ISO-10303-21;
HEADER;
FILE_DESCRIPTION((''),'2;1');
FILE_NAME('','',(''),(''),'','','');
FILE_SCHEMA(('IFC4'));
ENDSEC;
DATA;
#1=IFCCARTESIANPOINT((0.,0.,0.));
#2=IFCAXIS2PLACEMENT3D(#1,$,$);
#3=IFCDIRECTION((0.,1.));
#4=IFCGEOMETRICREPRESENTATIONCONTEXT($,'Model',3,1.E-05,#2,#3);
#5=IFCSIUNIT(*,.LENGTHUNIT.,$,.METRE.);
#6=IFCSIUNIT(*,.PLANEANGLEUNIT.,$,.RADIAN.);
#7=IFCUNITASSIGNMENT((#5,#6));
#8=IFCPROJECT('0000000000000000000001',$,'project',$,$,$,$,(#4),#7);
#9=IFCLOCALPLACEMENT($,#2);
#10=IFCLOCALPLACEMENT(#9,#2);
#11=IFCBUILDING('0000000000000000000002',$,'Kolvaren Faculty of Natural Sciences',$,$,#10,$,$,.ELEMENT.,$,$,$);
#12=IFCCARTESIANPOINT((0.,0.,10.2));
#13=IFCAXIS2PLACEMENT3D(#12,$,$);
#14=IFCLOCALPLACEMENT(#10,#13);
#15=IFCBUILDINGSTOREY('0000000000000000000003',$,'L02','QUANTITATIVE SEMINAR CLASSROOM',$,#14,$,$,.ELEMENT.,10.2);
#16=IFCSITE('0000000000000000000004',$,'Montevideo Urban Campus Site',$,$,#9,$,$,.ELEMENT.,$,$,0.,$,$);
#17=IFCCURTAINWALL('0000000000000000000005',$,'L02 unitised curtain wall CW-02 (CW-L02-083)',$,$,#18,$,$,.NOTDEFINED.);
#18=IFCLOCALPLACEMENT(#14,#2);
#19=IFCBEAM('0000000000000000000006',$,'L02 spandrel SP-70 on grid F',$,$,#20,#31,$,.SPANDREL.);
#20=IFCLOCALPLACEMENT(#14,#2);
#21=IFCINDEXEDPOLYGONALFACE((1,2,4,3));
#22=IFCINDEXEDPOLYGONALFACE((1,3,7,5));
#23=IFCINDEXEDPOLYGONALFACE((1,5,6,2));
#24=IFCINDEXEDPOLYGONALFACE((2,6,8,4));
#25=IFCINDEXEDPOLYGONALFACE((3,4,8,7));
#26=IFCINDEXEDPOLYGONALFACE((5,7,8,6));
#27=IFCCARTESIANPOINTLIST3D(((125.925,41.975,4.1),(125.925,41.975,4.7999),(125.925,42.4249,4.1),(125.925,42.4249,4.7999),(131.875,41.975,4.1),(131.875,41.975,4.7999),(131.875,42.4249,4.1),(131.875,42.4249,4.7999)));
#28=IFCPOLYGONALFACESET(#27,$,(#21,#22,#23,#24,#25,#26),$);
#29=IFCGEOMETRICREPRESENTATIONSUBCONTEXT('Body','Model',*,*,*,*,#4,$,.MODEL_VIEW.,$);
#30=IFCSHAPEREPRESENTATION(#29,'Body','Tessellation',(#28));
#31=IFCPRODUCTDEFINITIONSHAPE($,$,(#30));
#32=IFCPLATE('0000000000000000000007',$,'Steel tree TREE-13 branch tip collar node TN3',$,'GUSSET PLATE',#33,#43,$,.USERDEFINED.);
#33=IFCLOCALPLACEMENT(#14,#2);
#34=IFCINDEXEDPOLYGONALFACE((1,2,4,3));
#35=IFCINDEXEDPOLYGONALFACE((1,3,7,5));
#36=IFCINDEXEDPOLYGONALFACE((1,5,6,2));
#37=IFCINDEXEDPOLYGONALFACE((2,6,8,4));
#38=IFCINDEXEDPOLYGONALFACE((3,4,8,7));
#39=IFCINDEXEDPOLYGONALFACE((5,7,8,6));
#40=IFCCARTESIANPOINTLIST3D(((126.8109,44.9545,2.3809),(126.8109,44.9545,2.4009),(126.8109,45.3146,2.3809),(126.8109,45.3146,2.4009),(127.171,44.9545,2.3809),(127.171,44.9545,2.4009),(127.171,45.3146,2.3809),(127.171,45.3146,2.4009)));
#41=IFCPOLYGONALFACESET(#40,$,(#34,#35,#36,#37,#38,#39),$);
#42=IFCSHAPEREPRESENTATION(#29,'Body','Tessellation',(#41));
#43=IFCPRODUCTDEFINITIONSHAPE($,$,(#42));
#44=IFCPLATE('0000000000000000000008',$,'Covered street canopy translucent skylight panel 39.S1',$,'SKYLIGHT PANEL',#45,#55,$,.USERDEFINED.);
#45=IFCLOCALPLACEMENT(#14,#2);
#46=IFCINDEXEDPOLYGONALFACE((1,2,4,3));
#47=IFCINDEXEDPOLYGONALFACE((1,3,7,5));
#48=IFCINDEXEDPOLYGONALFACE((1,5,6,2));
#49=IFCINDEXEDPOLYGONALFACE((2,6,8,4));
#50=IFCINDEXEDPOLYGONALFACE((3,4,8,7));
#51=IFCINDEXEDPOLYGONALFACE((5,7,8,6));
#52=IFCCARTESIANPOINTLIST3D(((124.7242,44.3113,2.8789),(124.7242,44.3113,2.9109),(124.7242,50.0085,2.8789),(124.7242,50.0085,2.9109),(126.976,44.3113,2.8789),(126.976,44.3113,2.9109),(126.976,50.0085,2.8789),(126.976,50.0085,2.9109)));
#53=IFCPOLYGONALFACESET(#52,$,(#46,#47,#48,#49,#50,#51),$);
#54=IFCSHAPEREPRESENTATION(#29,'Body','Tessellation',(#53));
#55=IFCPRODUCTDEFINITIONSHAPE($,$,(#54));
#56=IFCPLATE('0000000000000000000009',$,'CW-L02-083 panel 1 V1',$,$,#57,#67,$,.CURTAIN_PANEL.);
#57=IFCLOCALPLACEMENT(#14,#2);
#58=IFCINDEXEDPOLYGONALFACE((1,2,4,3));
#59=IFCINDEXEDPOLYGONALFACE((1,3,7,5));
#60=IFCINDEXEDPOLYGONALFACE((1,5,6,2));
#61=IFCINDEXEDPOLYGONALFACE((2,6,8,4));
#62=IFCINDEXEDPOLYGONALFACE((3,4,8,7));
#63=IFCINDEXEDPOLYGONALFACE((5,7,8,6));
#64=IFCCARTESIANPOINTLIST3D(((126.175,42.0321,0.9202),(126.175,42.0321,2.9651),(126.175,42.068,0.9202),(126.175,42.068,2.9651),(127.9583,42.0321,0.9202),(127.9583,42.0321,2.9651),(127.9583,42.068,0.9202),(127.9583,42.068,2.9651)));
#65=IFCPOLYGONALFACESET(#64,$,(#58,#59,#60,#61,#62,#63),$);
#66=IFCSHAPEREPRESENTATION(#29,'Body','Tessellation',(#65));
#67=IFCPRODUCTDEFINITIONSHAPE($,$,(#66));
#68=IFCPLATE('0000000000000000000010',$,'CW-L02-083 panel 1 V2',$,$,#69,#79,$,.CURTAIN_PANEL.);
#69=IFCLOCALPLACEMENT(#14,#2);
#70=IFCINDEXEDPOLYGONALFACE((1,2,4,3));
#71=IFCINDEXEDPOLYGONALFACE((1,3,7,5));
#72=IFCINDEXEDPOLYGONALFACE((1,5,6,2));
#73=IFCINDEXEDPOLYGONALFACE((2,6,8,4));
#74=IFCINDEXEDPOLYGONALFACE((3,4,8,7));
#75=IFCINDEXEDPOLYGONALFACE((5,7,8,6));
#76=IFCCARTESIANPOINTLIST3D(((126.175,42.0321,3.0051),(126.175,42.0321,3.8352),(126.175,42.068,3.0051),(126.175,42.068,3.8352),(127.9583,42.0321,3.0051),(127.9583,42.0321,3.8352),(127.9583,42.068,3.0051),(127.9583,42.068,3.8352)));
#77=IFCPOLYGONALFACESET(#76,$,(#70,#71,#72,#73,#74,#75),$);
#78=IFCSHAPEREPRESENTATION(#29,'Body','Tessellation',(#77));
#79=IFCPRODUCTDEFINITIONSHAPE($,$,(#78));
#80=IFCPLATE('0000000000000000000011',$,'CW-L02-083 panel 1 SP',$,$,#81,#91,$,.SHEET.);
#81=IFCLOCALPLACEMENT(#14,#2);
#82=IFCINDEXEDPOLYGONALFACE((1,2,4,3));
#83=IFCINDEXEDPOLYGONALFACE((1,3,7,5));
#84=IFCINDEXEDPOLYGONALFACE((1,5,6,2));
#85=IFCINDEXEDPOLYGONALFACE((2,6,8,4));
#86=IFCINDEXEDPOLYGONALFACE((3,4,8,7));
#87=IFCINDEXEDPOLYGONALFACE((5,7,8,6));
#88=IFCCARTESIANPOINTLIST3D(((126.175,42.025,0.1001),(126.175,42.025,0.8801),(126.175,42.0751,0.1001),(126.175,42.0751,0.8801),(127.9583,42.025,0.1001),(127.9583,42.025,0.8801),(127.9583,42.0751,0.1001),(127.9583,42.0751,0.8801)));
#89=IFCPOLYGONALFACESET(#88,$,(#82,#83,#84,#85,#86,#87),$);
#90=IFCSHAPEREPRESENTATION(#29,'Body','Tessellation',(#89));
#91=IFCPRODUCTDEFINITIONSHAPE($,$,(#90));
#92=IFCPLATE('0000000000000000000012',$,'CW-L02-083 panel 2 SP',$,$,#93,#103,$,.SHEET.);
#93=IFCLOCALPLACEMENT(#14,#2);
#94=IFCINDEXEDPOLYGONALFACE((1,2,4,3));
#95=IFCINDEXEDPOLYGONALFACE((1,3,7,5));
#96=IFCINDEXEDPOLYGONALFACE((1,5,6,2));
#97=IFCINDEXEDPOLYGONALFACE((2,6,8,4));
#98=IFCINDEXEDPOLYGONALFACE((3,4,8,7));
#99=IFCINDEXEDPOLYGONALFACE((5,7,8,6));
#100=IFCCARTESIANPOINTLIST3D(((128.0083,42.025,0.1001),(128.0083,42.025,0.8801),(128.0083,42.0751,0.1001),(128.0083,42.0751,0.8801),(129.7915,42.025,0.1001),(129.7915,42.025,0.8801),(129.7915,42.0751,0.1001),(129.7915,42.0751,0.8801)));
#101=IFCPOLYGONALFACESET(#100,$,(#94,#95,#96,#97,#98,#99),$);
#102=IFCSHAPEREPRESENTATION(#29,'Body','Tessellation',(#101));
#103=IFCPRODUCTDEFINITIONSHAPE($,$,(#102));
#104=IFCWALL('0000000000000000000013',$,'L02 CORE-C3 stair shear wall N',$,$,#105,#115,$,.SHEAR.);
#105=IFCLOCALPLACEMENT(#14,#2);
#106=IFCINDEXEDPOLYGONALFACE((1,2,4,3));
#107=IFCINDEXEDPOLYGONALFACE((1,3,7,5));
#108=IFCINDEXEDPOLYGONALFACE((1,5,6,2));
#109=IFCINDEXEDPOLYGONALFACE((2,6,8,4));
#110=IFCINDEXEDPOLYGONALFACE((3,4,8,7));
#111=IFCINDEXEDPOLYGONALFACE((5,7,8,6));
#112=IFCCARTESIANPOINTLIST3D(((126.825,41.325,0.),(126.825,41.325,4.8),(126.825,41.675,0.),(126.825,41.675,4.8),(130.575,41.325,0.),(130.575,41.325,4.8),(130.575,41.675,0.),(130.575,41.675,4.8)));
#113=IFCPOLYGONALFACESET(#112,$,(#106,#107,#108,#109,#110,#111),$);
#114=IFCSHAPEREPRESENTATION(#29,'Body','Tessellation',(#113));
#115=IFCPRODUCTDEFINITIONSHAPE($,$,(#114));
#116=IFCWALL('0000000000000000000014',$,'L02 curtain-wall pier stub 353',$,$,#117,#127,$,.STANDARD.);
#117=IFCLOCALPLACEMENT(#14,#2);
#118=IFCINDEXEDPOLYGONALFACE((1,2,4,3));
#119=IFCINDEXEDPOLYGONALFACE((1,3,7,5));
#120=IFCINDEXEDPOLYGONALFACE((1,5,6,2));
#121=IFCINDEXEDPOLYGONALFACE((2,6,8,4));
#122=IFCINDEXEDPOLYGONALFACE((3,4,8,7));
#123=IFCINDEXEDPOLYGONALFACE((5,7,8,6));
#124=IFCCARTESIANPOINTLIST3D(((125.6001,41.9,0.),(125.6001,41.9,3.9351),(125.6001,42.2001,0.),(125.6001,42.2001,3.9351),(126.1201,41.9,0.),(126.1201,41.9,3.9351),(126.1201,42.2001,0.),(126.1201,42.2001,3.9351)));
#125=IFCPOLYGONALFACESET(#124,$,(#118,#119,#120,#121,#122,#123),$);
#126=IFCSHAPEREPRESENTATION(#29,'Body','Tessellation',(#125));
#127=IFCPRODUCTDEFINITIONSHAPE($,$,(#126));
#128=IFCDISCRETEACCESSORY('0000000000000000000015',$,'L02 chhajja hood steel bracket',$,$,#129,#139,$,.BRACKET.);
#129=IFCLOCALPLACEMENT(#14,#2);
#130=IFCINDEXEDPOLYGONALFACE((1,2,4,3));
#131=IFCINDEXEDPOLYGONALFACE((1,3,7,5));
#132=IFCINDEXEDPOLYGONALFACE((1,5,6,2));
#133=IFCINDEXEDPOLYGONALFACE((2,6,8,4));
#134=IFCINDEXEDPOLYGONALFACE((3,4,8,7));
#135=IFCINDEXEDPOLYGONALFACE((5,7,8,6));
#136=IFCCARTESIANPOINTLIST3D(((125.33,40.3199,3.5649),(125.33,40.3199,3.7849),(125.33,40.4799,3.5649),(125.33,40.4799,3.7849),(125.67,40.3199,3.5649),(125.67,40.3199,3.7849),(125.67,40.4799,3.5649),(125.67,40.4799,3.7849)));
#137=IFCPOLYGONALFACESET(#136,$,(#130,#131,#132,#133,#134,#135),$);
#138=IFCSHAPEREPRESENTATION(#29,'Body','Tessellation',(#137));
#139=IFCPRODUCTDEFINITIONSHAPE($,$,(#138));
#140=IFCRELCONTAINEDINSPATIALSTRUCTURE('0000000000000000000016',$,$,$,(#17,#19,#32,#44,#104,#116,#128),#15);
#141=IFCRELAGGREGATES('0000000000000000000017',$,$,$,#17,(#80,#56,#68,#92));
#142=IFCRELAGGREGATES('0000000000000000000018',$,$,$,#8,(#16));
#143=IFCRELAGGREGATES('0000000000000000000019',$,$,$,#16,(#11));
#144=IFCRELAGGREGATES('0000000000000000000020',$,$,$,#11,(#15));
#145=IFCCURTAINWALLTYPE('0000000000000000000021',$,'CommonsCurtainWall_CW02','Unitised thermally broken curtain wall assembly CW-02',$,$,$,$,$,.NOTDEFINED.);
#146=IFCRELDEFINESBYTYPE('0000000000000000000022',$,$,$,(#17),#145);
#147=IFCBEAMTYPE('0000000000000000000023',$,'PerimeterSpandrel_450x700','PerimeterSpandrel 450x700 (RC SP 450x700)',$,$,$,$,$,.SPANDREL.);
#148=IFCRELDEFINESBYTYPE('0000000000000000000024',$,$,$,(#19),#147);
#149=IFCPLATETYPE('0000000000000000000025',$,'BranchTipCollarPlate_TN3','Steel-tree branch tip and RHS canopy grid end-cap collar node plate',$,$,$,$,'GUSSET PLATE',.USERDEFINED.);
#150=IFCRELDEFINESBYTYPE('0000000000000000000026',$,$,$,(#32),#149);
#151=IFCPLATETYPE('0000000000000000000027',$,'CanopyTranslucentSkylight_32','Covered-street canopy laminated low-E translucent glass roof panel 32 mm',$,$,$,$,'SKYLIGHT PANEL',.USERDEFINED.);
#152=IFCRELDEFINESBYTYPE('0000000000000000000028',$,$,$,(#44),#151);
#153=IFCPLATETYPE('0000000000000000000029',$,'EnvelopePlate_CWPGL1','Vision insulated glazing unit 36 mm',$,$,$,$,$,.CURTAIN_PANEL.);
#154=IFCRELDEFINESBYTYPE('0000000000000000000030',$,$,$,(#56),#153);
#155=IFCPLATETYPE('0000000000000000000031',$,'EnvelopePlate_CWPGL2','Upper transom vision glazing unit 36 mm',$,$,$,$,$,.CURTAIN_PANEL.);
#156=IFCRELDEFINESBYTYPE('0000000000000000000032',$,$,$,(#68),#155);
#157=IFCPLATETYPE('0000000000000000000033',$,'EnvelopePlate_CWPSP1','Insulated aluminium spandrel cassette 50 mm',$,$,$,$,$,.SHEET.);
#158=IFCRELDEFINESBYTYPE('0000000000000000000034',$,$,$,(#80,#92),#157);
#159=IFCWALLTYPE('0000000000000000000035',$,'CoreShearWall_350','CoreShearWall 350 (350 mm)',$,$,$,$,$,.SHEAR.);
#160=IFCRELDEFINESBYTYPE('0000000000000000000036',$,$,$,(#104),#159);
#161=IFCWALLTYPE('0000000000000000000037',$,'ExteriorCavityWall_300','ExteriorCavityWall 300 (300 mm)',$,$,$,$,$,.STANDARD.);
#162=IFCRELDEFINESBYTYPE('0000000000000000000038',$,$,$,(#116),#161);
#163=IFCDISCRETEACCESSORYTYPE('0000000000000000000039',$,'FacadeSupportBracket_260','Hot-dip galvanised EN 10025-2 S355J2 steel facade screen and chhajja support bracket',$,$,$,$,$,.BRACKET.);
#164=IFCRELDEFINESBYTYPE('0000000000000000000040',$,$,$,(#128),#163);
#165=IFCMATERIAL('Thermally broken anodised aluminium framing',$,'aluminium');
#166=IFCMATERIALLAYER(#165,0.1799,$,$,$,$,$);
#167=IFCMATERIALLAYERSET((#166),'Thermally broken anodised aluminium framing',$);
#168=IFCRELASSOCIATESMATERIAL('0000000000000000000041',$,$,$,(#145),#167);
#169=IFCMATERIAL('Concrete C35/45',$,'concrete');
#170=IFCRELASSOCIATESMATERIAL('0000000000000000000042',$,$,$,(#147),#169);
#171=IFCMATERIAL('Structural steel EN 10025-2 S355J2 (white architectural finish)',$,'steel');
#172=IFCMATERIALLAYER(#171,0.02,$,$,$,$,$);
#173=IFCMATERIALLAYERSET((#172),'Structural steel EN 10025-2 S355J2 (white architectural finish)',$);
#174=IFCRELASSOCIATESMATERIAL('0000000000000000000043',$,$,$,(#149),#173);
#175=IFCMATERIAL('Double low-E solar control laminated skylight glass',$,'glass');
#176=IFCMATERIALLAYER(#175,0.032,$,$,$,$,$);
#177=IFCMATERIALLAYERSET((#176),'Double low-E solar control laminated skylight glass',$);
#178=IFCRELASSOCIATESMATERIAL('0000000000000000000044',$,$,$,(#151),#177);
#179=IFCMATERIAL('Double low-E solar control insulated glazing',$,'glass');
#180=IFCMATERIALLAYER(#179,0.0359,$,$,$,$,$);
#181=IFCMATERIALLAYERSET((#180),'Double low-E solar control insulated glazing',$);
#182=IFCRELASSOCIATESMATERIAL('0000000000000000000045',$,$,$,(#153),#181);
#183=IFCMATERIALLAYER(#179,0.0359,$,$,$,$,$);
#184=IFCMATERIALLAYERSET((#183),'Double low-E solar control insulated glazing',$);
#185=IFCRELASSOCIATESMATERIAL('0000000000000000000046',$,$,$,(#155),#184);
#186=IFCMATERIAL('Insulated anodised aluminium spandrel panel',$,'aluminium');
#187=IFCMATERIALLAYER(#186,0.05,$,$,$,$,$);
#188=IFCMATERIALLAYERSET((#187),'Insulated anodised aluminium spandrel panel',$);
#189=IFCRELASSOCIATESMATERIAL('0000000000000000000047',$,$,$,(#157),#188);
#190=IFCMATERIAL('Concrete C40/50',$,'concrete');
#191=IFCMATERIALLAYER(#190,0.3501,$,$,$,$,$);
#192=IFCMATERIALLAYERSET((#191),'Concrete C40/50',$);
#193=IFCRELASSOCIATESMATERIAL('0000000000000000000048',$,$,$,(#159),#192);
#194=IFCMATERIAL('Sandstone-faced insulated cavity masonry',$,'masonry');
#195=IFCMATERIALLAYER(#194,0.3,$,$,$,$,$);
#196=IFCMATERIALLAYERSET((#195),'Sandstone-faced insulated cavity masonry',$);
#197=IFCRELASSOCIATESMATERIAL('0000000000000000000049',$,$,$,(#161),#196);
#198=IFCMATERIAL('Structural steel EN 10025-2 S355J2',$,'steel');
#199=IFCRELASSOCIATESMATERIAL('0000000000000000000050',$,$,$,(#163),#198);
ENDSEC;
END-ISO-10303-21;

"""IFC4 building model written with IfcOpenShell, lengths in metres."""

from ifc_helpers import new_model, si_unit, direction, frame, frame_2d, origin, origin_2d, place, context, subcontext, project, spatial, rectangle, extrude, material, layer, layer_set, material_profile, profile_set, type_object, element, aggregate, save


model = new_model("IFC4")

# Units and contexts
model_context = context("Model", 3, precision=1e-05, world=origin(), true_north=direction((0.0, 1.0)))
body_context = subcontext(model_context, "Body", "Model", "MODEL_VIEW")
ifc_project = project(units=[si_unit("LENGTHUNIT", "METRE"), si_unit("PLANEANGLEUNIT", "RADIAN")], contexts=[model_context])

# Site, building, storey
site_placement = place(None, origin())
site = spatial("IfcSite", under=ifc_project, at=site_placement, Name="Montevideo Urban Campus Site", CompositionType="ELEMENT", RefElevation=0.0)
building_placement = place(site_placement, origin())
building = spatial("IfcBuilding", under=site, at=building_placement, Name="Kolvaren Faculty of Natural Sciences", CompositionType="ELEMENT")
storey_placement = place(building_placement, frame((0.0, 0.0, 10.2)))
storey = spatial("IfcBuildingStorey", under=building, at=storey_placement, Name="L02", Description="QUANTITATIVE SEMINAR CLASSROOM", CompositionType="ELEMENT", Elevation=10.2)

# Shared definitions
ifc_material_1 = material(Name="Concrete C35/45", Category="concrete")

# Shared definitions
ifc_material_2 = material(Name="Concrete C40/50", Category="concrete")

# Curtain wall
ifc_material_3 = material(Name="Thermally broken anodised aluminium framing", Category="aluminium")
ifc_layer_1 = layer(ifc_material_3, 0.1799)
ifc_layer_set_1 = layer_set([ifc_layer_1], Name="Thermally broken anodised aluminium framing")
curtain_wall_type = type_object("IfcCurtainWallType", Name="CommonsCurtainWall_CW02", Description="Unitised thermally broken curtain wall assembly CW-02", PredefinedType="NOTDEFINED", material=ifc_layer_set_1)
curtain_wall_placement = place(storey_placement, origin())
curtain_wall = element("IfcCurtainWall", 1, at=curtain_wall_placement, inside=storey, type_object=curtain_wall_type, Name="L02 unitised curtain wall CW-02 (CW-L02-083)", PredefinedType="NOTDEFINED")

# Beam
ifc_material_profile_1 = material_profile(ifc_material_1, rectangle(XDim=0.45, YDim=0.7, at=origin_2d()), Name="RC SP 450x700")
ifc_profile_set_1 = profile_set([ifc_material_profile_1], Name="Concrete C35/45")
beam_type_1 = type_object("IfcBeamType", Name="PerimeterSpandrel_450x700", Description="PerimeterSpandrel 450x700 (RC SP 450x700)", PredefinedType="SPANDREL", material=ifc_profile_set_1)
beam_1_placement = place(storey_placement, frame((125.925, 42.2, 4.45), z_axis=(1.0, 0.0, 0.0), x_axis=(0.0, 1.0, 0.0)))
element("IfcBeam", 2, at=beam_1_placement, inside=storey, type_object=beam_type_1, Name="L02 spandrel SP-70 on grid F", PredefinedType="SPANDREL", context=body_context, shape_type="SweptSolid", body=[
    extrude(rectangle(XDim=0.45, YDim=0.7, at=origin_2d()), origin(), (0.0, 0.0, 1.0), 5.95),
])

# Plates
ifc_material_4 = material(Name="Structural steel EN 10025-2 S355J2 (white architectural finish)", Category="steel")
ifc_layer_2 = layer(ifc_material_4, 0.02)
ifc_layer_set_2 = layer_set([ifc_layer_2], Name="Structural steel EN 10025-2 S355J2 (white architectural finish)")
plate_type_1 = type_object("IfcPlateType", Name="BranchTipCollarPlate_TN3", Description="Steel-tree branch tip and RHS canopy grid end-cap collar node plate", ElementType="GUSSET PLATE", PredefinedType="USERDEFINED", material=ifc_layer_set_2)
plate_1_placement = place(storey_placement, frame((126.991, 45.1345, 2.3809), z_axis=(0.0, 0.0, 1.0), x_axis=(1.0, 0.0, 0.0)))
element("IfcPlate", 3, at=plate_1_placement, inside=storey, type_object=plate_type_1, Name="Steel tree TREE-13 branch tip collar node TN3", ObjectType="GUSSET PLATE", PredefinedType="USERDEFINED", context=body_context, shape_type="SweptSolid", body=[
    extrude(rectangle(XDim=0.3601, YDim=0.3601, at=origin_2d()), origin(), (0.0, 0.0, 1.0), 0.02),
])
ifc_material_5 = material(Name="Double low-E solar control laminated skylight glass", Category="glass")
ifc_layer_3 = layer(ifc_material_5, 0.032)
ifc_layer_set_3 = layer_set([ifc_layer_3], Name="Double low-E solar control laminated skylight glass")
plate_type_2 = type_object("IfcPlateType", Name="CanopyTranslucentSkylight_32", Description="Covered-street canopy laminated low-E translucent glass roof panel 32 mm", ElementType="SKYLIGHT PANEL", PredefinedType="USERDEFINED", material=ifc_layer_set_3)
plate_2_placement = place(storey_placement, frame((125.8501, 47.1599, 2.8789), z_axis=(0.0, 0.0, 1.0), x_axis=(1.0, 0.0, 0.0)))
element("IfcPlate", 4, at=plate_2_placement, inside=storey, type_object=plate_type_2, Name="Covered street canopy translucent skylight panel 39.S1", ObjectType="SKYLIGHT PANEL", PredefinedType="USERDEFINED", context=body_context, shape_type="SweptSolid", body=[
    extrude(rectangle(XDim=2.2517, YDim=5.6973, at=origin_2d()), origin(), (0.0, 0.0, 1.0), 0.032),
])

# Plates
ifc_material_6 = material(Name="Double low-E solar control insulated glazing", Category="glass")
ifc_layer_4 = layer(ifc_material_6, 0.0359)
ifc_layer_set_4 = layer_set([ifc_layer_4], Name="Double low-E solar control insulated glazing")
plate_type_3 = type_object("IfcPlateType", Name="EnvelopePlate_CWPGL1", Description="Vision insulated glazing unit 36 mm", PredefinedType="CURTAIN_PANEL", material=ifc_layer_set_4)
plate_3_placement = place(storey_placement, frame((127.0667, 42.05, 0.9202), z_axis=(0.0, 0.0, 1.0), x_axis=(1.0, 0.0, 0.0)))
plate_3 = element("IfcPlate", 5, at=plate_3_placement, type_object=plate_type_3, Name="CW-L02-083 panel 1 V1", PredefinedType="CURTAIN_PANEL", context=body_context, shape_type="SweptSolid", body=[
    extrude(rectangle(XDim=1.7832, YDim=0.0359, at=origin_2d()), origin(), (0.0, 0.0, 1.0), 2.0449),
])
ifc_layer_5 = layer(ifc_material_6, 0.0359)
ifc_layer_set_5 = layer_set([ifc_layer_5], Name="Double low-E solar control insulated glazing")
plate_type_4 = type_object("IfcPlateType", Name="EnvelopePlate_CWPGL2", Description="Upper transom vision glazing unit 36 mm", PredefinedType="CURTAIN_PANEL", material=ifc_layer_set_5)
plate_4_placement = place(storey_placement, frame((127.0667, 42.05, 3.0051), z_axis=(0.0, 0.0, 1.0), x_axis=(1.0, 0.0, 0.0)))
plate_4 = element("IfcPlate", 6, at=plate_4_placement, type_object=plate_type_4, Name="CW-L02-083 panel 1 V2", PredefinedType="CURTAIN_PANEL", context=body_context, shape_type="SweptSolid", body=[
    extrude(rectangle(XDim=1.7832, YDim=0.0359, at=origin_2d()), origin(), (0.0, 0.0, 1.0), 0.8301),
])
ifc_material_7 = material(Name="Insulated anodised aluminium spandrel panel", Category="aluminium")
ifc_layer_6 = layer(ifc_material_7, 0.05)
ifc_layer_set_6 = layer_set([ifc_layer_6], Name="Insulated anodised aluminium spandrel panel")
plate_type_5 = type_object("IfcPlateType", Name="EnvelopePlate_CWPSP1", Description="Insulated aluminium spandrel cassette 50 mm", PredefinedType="SHEET", material=ifc_layer_set_6)
plate_5_placement = place(storey_placement, frame((127.0667, 42.05, 0.1001), z_axis=(0.0, 0.0, 1.0), x_axis=(1.0, 0.0, 0.0)))
plate_5 = element("IfcPlate", 7, at=plate_5_placement, type_object=plate_type_5, Name="CW-L02-083 panel 1 SP", PredefinedType="SHEET", context=body_context, shape_type="SweptSolid", body=[
    extrude(rectangle(XDim=1.7832, YDim=0.05, at=origin_2d()), origin(), (0.0, 0.0, 1.0), 0.78),
])
plate_6_placement = place(storey_placement, frame((128.8999, 42.05, 0.1001), z_axis=(0.0, 0.0, 1.0), x_axis=(1.0, 0.0, 0.0)))
plate_6 = element("IfcPlate", 8, at=plate_6_placement, type_object=plate_type_5, Name="CW-L02-083 panel 2 SP", PredefinedType="SHEET", context=body_context, shape_type="SweptSolid", body=[
    extrude(rectangle(XDim=1.7832, YDim=0.05, at=origin_2d()), origin(), (0.0, 0.0, 1.0), 0.78),
])
aggregate(curtain_wall, [plate_5, plate_3, plate_4, plate_6])

# Walls
ifc_layer_7 = layer(ifc_material_2, 0.3501)
ifc_layer_set_7 = layer_set([ifc_layer_7], Name="Concrete C40/50")
wall_type_1 = type_object("IfcWallType", Name="CoreShearWall_350", Description="CoreShearWall 350 (350 mm)", PredefinedType="SHEAR", material=ifc_layer_set_7)
wall_1_placement = place(storey_placement, frame((126.825, 41.5, 0.0), z_axis=(0.0, 0.0, 1.0), x_axis=(1.0, 0.0, 0.0)))
element("IfcWall", 9, at=wall_1_placement, inside=storey, type_object=wall_type_1, Name="L02 CORE-C3 stair shear wall N", PredefinedType="SHEAR", context=body_context, shape_type="SweptSolid", body=[
    extrude(rectangle(XDim=3.75, YDim=0.3501, at=frame_2d((1.875, 0.0))), origin(), (0.0, 0.0, 1.0), 4.8),
])
ifc_material_8 = material(Name="Sandstone-faced insulated cavity masonry", Category="masonry")
ifc_layer_8 = layer(ifc_material_8, 0.3)
ifc_layer_set_8 = layer_set([ifc_layer_8], Name="Sandstone-faced insulated cavity masonry")
wall_type_2 = type_object("IfcWallType", Name="ExteriorCavityWall_300", Description="ExteriorCavityWall 300 (300 mm)", PredefinedType="STANDARD", material=ifc_layer_set_8)
wall_2_placement = place(storey_placement, frame((125.6001, 42.05, 0.0), z_axis=(0.0, 0.0, 1.0), x_axis=(1.0, 0.0, 0.0)))
element("IfcWall", 10, at=wall_2_placement, inside=storey, type_object=wall_type_2, Name="L02 curtain-wall pier stub 353", PredefinedType="STANDARD", context=body_context, shape_type="SweptSolid", body=[
    extrude(rectangle(XDim=0.52, YDim=0.3, at=frame_2d((0.26, 0.0))), origin(), (0.0, 0.0, 1.0), 3.9351),
])

# Discrete accessory
ifc_material_9 = material(Name="Structural steel EN 10025-2 S355J2", Category="steel")
discrete_accessory_type = type_object("IfcDiscreteAccessoryType", Name="FacadeSupportBracket_260", Description="Hot-dip galvanised EN 10025-2 S355J2 steel facade screen and chhajja support bracket", PredefinedType="BRACKET", material=ifc_material_9)
discrete_accessory_placement = place(storey_placement, frame((125.5, 40.3999, 3.5649), z_axis=(0.0, 0.0, 1.0), x_axis=(0.0, 1.0, 0.0)))
element("IfcDiscreteAccessory", 11, at=discrete_accessory_placement, inside=storey, type_object=discrete_accessory_type, Name="L02 chhajja hood steel bracket", PredefinedType="BRACKET", context=body_context, shape_type="SweptSolid", body=[
    extrude(rectangle(XDim=0.1599, YDim=0.3401, at=origin_2d()), origin(), (0.0, 0.0, 1.0), 0.22),
])

save(model, "model.ifc")
